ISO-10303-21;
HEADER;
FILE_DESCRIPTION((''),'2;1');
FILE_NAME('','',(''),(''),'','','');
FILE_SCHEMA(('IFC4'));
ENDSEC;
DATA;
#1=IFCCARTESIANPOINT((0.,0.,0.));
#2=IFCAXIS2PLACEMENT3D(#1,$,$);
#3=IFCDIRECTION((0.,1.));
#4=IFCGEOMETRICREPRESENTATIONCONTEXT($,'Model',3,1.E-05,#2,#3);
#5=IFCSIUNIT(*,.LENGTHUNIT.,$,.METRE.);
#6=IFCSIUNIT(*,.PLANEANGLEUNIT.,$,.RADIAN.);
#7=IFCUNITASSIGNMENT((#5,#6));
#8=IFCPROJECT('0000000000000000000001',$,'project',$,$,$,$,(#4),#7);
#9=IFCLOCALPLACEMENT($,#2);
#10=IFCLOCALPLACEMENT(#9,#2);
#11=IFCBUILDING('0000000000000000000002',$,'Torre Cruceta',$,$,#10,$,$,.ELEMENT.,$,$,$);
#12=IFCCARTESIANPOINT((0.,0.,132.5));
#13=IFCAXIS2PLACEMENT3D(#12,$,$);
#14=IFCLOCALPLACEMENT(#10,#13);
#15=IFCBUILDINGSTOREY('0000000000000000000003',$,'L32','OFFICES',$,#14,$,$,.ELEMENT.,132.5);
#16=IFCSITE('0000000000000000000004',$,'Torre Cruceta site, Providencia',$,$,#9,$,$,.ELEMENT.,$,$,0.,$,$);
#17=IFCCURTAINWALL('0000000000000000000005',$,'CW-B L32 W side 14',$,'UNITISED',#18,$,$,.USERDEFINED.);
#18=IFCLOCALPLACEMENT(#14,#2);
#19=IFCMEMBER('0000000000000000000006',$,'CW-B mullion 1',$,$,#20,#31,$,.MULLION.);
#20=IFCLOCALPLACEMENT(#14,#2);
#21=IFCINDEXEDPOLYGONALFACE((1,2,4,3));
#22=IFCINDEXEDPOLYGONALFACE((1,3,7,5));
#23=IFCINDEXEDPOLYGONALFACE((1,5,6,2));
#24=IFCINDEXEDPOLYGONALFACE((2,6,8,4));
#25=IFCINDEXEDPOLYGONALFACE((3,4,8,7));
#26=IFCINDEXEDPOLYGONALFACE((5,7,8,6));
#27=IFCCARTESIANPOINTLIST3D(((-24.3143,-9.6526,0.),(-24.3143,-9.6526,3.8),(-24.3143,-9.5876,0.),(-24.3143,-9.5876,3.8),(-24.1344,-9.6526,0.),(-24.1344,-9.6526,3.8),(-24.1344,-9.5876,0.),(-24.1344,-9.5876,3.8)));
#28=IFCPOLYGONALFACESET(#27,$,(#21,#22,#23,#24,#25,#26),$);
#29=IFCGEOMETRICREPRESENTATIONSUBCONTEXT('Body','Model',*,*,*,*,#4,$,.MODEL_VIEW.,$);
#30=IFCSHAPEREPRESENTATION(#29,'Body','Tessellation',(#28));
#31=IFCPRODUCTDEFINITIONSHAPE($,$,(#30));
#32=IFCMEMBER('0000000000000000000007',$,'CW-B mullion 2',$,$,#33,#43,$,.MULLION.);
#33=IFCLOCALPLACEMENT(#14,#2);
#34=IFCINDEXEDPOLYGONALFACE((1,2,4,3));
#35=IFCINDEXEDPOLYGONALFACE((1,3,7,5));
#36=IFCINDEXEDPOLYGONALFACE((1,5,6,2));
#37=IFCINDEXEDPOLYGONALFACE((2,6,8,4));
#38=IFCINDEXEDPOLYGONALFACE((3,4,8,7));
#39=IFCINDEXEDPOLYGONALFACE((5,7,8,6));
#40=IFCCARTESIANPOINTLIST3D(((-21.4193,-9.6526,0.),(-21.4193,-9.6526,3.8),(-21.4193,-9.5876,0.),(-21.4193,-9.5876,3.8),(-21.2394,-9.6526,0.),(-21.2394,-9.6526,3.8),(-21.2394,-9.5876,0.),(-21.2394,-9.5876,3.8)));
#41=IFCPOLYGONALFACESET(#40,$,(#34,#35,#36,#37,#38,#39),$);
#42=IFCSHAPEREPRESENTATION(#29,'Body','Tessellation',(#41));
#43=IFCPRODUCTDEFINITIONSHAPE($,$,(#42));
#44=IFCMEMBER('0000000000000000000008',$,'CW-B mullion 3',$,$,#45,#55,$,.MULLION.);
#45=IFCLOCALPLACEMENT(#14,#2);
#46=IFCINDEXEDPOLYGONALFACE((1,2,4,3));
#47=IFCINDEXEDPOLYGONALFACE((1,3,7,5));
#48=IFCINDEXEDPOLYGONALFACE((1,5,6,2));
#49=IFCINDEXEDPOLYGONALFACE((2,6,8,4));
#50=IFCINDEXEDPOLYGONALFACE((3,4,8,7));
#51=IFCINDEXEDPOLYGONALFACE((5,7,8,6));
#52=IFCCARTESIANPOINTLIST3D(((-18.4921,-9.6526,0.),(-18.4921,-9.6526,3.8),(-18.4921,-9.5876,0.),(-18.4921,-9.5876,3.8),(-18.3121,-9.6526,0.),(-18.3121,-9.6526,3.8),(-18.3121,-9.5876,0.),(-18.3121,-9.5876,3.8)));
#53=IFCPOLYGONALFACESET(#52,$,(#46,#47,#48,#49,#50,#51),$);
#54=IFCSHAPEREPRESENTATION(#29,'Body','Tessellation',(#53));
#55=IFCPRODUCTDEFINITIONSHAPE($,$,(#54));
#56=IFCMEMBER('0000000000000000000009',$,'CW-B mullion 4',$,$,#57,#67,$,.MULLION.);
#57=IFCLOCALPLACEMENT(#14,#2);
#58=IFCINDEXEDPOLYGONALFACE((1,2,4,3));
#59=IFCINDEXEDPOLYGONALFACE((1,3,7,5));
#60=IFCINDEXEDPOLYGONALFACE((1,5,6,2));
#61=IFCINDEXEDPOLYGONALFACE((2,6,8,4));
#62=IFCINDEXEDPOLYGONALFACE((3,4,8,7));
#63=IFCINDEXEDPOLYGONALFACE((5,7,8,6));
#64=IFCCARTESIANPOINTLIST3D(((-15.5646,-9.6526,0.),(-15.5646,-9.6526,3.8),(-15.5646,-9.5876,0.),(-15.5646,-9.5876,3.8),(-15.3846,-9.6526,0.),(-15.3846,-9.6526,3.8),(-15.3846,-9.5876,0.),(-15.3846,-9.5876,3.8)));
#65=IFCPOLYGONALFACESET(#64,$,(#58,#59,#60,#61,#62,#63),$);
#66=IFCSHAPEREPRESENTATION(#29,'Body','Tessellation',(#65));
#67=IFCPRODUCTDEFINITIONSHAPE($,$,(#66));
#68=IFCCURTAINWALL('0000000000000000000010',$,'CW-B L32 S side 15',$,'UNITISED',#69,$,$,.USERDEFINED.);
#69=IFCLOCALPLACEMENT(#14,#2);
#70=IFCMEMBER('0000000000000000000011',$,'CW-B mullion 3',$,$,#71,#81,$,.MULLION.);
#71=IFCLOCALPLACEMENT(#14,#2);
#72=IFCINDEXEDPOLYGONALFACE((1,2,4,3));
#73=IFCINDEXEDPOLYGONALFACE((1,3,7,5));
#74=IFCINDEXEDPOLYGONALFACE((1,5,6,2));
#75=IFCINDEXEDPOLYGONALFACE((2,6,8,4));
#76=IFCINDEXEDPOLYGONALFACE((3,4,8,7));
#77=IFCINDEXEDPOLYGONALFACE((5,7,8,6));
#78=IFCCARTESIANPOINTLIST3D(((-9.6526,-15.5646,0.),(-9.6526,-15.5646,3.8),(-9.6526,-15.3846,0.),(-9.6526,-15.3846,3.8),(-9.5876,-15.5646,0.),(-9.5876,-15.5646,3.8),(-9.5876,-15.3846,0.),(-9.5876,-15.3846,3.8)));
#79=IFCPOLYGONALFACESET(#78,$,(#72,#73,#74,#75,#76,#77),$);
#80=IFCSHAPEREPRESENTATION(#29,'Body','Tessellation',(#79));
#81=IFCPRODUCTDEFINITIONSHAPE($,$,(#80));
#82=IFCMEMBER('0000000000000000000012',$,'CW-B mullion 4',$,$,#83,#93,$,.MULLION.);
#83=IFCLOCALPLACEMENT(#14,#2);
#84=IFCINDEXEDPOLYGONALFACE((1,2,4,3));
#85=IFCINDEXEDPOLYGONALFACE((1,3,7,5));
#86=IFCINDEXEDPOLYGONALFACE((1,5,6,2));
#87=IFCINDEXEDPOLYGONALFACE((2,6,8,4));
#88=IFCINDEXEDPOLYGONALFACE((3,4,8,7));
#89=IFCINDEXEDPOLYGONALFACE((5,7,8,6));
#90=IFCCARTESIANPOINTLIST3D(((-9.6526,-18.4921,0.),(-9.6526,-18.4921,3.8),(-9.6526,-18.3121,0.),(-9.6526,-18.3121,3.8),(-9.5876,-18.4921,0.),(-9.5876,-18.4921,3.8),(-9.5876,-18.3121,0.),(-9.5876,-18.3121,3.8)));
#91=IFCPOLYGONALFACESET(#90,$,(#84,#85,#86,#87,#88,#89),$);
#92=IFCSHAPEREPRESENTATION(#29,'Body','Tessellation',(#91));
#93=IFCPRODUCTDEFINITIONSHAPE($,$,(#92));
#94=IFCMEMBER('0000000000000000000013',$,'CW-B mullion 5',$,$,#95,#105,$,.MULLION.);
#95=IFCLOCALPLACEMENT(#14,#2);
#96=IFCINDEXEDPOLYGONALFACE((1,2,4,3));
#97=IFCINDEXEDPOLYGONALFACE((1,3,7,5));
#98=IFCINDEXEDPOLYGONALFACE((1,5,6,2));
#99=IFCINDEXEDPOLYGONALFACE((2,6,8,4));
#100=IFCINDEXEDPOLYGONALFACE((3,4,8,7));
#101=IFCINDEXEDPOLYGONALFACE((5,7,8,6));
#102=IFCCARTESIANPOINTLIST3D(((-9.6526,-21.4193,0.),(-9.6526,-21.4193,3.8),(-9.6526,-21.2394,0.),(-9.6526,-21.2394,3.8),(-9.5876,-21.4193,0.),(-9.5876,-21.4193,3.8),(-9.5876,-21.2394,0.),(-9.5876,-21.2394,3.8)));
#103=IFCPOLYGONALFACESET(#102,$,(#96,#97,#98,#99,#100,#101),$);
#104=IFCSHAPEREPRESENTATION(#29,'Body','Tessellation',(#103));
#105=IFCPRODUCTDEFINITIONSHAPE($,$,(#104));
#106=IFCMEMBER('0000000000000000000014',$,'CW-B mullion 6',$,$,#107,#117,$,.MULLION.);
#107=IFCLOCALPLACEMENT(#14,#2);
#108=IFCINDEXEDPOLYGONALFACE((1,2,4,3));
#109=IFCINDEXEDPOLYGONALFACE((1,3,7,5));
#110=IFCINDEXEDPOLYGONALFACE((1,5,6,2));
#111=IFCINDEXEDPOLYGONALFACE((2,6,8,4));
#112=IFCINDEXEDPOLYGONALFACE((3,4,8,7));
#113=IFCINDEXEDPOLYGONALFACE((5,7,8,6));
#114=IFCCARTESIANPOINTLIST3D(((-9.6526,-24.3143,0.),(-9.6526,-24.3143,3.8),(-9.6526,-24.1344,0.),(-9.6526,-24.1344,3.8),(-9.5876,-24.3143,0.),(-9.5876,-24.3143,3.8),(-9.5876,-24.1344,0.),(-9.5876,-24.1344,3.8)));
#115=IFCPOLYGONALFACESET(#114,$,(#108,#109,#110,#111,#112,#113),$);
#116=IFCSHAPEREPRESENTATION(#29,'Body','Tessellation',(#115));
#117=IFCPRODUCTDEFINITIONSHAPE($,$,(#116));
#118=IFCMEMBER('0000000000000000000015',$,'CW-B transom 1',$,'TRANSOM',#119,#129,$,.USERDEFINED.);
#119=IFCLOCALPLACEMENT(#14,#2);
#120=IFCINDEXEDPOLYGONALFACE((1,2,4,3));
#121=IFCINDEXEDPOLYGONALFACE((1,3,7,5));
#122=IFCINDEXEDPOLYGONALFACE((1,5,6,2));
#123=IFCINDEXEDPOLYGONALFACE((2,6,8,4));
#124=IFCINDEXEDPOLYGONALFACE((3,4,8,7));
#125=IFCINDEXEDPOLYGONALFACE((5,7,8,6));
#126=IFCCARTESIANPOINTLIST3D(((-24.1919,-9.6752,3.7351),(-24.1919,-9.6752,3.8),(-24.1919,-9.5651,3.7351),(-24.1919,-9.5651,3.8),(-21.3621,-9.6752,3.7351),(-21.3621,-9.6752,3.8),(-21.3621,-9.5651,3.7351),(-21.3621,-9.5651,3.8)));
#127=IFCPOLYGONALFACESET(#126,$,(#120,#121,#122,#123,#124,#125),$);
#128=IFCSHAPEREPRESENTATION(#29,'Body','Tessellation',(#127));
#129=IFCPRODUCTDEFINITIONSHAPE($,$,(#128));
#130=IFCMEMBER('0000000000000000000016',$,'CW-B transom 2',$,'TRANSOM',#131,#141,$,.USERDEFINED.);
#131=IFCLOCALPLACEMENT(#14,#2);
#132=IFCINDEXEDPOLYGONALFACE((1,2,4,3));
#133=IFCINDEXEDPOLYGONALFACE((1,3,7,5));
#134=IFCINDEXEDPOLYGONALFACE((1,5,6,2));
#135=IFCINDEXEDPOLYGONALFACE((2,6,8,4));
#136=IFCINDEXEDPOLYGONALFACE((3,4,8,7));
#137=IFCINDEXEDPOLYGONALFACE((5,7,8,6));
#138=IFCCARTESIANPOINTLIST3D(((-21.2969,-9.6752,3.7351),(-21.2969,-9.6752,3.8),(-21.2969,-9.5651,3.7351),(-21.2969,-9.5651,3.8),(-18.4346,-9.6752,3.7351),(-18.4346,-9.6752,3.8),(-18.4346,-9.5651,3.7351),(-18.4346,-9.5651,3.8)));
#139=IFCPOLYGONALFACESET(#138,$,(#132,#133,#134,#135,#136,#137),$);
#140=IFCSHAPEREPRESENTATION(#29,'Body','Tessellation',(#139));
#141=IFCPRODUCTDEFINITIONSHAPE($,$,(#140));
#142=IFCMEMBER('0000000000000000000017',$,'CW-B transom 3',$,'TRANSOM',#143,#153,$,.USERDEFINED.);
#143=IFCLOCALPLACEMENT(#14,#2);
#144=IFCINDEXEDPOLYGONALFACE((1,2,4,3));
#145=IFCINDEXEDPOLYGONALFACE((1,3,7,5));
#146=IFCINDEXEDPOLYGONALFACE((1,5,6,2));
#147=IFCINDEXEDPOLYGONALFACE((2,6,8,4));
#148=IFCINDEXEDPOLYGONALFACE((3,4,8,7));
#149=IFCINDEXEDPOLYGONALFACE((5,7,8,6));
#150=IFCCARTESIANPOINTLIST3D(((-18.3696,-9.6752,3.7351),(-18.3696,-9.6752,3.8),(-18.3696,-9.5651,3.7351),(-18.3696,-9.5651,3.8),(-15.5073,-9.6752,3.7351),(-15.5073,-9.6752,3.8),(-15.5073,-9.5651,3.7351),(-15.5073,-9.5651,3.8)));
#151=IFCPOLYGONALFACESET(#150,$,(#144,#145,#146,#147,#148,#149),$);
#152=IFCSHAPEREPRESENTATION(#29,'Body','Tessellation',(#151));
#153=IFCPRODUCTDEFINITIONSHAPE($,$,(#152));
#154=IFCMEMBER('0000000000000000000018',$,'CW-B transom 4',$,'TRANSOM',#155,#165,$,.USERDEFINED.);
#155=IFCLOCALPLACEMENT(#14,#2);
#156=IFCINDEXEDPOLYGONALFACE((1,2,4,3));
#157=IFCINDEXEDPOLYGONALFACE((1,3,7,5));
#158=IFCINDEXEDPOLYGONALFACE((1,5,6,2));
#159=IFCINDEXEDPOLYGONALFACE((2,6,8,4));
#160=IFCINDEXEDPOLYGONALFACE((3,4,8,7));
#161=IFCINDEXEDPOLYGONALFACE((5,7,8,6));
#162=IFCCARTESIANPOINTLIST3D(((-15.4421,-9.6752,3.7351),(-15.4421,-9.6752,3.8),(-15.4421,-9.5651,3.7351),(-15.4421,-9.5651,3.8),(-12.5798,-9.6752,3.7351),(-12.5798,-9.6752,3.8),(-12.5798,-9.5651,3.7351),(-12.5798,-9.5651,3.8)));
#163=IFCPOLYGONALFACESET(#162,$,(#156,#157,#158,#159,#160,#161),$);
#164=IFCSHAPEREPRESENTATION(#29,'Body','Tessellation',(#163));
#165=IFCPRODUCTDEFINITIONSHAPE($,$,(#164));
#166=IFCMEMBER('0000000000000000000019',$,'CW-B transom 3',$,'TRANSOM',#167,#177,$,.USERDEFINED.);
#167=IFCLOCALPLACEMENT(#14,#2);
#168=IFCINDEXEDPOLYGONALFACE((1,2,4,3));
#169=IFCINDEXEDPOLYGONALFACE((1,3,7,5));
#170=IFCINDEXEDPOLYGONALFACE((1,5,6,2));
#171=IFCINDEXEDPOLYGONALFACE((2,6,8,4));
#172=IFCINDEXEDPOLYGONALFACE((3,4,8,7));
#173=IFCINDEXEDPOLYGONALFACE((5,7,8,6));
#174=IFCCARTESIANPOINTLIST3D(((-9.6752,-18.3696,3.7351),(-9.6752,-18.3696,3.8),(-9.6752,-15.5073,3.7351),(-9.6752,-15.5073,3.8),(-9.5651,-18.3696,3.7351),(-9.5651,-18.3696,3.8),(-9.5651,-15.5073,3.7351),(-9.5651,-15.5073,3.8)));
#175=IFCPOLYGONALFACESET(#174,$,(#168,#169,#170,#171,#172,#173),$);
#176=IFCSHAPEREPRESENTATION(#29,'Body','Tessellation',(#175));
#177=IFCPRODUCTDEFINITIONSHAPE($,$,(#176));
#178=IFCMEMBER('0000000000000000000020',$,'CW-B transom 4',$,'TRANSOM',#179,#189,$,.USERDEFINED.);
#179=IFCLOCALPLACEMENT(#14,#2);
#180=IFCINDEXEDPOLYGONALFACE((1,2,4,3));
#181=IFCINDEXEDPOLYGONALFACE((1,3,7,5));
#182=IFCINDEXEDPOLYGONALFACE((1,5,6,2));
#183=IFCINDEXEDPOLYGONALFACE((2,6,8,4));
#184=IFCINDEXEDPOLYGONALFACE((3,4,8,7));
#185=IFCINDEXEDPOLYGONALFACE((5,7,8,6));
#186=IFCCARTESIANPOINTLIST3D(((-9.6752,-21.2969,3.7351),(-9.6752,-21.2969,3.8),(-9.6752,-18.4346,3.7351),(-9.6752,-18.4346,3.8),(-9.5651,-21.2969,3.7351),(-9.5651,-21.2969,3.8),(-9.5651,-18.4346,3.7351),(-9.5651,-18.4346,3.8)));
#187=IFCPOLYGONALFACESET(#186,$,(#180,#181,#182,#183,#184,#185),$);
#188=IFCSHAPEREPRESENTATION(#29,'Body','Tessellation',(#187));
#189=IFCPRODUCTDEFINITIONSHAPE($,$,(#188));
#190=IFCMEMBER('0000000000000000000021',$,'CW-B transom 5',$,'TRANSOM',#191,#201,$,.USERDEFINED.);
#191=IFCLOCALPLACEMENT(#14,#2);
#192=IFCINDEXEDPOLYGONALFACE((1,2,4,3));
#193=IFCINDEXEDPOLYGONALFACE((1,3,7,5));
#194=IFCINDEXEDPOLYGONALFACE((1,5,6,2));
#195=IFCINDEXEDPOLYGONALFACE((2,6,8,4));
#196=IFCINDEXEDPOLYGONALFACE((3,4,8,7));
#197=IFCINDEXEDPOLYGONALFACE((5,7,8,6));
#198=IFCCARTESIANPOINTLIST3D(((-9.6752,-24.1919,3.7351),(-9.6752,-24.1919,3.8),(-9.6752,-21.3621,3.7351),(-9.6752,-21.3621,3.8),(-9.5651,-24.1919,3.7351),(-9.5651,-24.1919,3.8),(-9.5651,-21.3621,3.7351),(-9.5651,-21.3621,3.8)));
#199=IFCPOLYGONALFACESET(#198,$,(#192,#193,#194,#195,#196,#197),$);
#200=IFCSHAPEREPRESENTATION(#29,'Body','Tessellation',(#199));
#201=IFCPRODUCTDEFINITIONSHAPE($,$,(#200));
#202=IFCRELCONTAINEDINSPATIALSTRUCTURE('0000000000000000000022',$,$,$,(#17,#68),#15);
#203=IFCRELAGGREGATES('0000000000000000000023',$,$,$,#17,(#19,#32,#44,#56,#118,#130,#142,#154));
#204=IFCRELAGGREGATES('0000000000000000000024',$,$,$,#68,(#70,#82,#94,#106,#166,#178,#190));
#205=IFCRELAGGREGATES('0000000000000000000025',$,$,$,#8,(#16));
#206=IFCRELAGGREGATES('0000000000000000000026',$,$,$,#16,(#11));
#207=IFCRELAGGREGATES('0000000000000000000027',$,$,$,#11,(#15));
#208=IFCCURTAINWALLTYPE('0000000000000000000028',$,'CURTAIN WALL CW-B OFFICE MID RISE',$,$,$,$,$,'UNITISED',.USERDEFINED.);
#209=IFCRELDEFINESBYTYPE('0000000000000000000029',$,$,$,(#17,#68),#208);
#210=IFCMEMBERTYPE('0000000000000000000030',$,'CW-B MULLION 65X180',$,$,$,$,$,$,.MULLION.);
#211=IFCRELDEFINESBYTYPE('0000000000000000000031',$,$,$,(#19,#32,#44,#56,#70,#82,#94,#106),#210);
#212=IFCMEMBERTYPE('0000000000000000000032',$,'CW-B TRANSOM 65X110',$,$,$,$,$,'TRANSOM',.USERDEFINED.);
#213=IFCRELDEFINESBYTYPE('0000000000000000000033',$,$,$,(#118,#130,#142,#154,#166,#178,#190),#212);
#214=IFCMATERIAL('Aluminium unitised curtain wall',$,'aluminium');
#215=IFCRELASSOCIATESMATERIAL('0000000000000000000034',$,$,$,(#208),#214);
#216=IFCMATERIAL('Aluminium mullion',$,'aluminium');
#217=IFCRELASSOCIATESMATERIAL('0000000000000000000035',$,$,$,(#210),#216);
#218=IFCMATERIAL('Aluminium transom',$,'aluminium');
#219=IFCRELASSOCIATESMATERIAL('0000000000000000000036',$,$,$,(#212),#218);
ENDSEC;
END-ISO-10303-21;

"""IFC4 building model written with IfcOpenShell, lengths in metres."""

from ifc_helpers import new_model, si_unit, direction, frame, origin, origin_2d, place, context, subcontext, project, spatial, rectangle, extrude, material, material_profile, profile_set, type_object, element, aggregate, save


model = new_model("IFC4")

# Units and contexts
model_context = context("Model", 3, precision=1e-05, world=origin(), true_north=direction((0.0, 1.0)))
body_context = subcontext(model_context, "Body", "Model", "MODEL_VIEW")
ifc_project = project(units=[si_unit("LENGTHUNIT", "METRE"), si_unit("PLANEANGLEUNIT", "RADIAN")], contexts=[model_context])

# Site, building, storey
site_placement = place(None, origin())
site = spatial("IfcSite", under=ifc_project, at=site_placement, Name="Torre Cruceta site, Providencia", CompositionType="ELEMENT", RefElevation=0.0)
building_placement = place(site_placement, origin())
building = spatial("IfcBuilding", under=site, at=building_placement, Name="Torre Cruceta", CompositionType="ELEMENT")
storey_placement = place(building_placement, frame((0.0, 0.0, 132.5)))
storey = spatial("IfcBuildingStorey", under=building, at=storey_placement, Name="L32", Description="OFFICES", CompositionType="ELEMENT", Elevation=132.5)

# Curtain walls, members
ifc_material_1 = material(Name="Aluminium unitised curtain wall", Category="aluminium")
curtain_wall_type = type_object("IfcCurtainWallType", Name="CURTAIN WALL CW-B OFFICE MID RISE", ElementType="UNITISED", PredefinedType="USERDEFINED", material=ifc_material_1)
curtain_wall_1_placement = place(storey_placement, origin())
curtain_wall_1 = element("IfcCurtainWall", 1, at=curtain_wall_1_placement, inside=storey, type_object=curtain_wall_type, Name="CW-B L32 W side 14", ObjectType="UNITISED", PredefinedType="USERDEFINED")
ifc_material_2 = material(Name="Aluminium mullion", Category="aluminium")
ifc_material_profile_1 = material_profile(ifc_material_2, rectangle(XDim=0.0649, YDim=0.1799, at=origin_2d()), Name="AL 65X180")
ifc_profile_set_1 = profile_set([ifc_material_profile_1], Name="Aluminium mullion")
member_type_1 = type_object("IfcMemberType", Name="CW-B MULLION 65X180", PredefinedType="MULLION", material=ifc_profile_set_1)
member_1_placement = place(storey_placement, frame((-24.2244, -9.6201, 0.0), z_axis=(0.0, 0.0, 1.0), x_axis=(0.0, 1.0, 0.0)))
member_1 = element("IfcMember", 2, at=member_1_placement, type_object=member_type_1, Name="CW-B mullion 1", PredefinedType="MULLION", context=body_context, shape_type="SweptSolid", body=[
    extrude(rectangle(XDim=0.0649, YDim=0.1799, at=origin_2d()), origin(), (0.0, 0.0, 1.0), 3.8),
])
member_2_placement = place(storey_placement, frame((-21.3293, -9.6201, 0.0), z_axis=(0.0, 0.0, 1.0), x_axis=(0.0, 1.0, 0.0)))
member_2 = element("IfcMember", 3, at=member_2_placement, type_object=member_type_1, Name="CW-B mullion 2", PredefinedType="MULLION", context=body_context, shape_type="SweptSolid", body=[
    extrude(rectangle(XDim=0.0649, YDim=0.1799, at=origin_2d()), origin(), (0.0, 0.0, 1.0), 3.8),
])
member_3_placement = place(storey_placement, frame((-18.4021, -9.6201, 0.0), z_axis=(0.0, 0.0, 1.0), x_axis=(0.0, 1.0, 0.0)))
member_3 = element("IfcMember", 4, at=member_3_placement, type_object=member_type_1, Name="CW-B mullion 3", PredefinedType="MULLION", context=body_context, shape_type="SweptSolid", body=[
    extrude(rectangle(XDim=0.0649, YDim=0.1799, at=origin_2d()), origin(), (0.0, 0.0, 1.0), 3.8),
])
member_4_placement = place(storey_placement, frame((-15.4746, -9.6201, 0.0), z_axis=(0.0, 0.0, 1.0), x_axis=(0.0, 1.0, 0.0)))
member_4 = element("IfcMember", 5, at=member_4_placement, type_object=member_type_1, Name="CW-B mullion 4", PredefinedType="MULLION", context=body_context, shape_type="SweptSolid", body=[
    extrude(rectangle(XDim=0.0649, YDim=0.1799, at=origin_2d()), origin(), (0.0, 0.0, 1.0), 3.8),
])
curtain_wall_2_placement = place(storey_placement, origin())
curtain_wall_2 = element("IfcCurtainWall", 6, at=curtain_wall_2_placement, inside=storey, type_object=curtain_wall_type, Name="CW-B L32 S side 15", ObjectType="UNITISED", PredefinedType="USERDEFINED")
member_5_placement = place(storey_placement, frame((-9.6201, -15.4746, 0.0), z_axis=(0.0, 0.0, 1.0), x_axis=(1.0, 0.0, 0.0)))
member_5 = element("IfcMember", 7, at=member_5_placement, type_object=member_type_1, Name="CW-B mullion 3", PredefinedType="MULLION", context=body_context, shape_type="SweptSolid", body=[
    extrude(rectangle(XDim=0.0649, YDim=0.1799, at=origin_2d()), origin(), (0.0, 0.0, 1.0), 3.8),
])
member_6_placement = place(storey_placement, frame((-9.6201, -18.4021, 0.0), z_axis=(0.0, 0.0, 1.0), x_axis=(1.0, 0.0, 0.0)))
member_6 = element("IfcMember", 8, at=member_6_placement, type_object=member_type_1, Name="CW-B mullion 4", PredefinedType="MULLION", context=body_context, shape_type="SweptSolid", body=[
    extrude(rectangle(XDim=0.0649, YDim=0.1799, at=origin_2d()), origin(), (0.0, 0.0, 1.0), 3.8),
])
member_7_placement = place(storey_placement, frame((-9.6201, -21.3293, 0.0), z_axis=(0.0, 0.0, 1.0), x_axis=(1.0, 0.0, 0.0)))
member_7 = element("IfcMember", 9, at=member_7_placement, type_object=member_type_1, Name="CW-B mullion 5", PredefinedType="MULLION", context=body_context, shape_type="SweptSolid", body=[
    extrude(rectangle(XDim=0.0649, YDim=0.1799, at=origin_2d()), origin(), (0.0, 0.0, 1.0), 3.8),
])
member_8_placement = place(storey_placement, frame((-9.6201, -24.2244, 0.0), z_axis=(0.0, 0.0, 1.0), x_axis=(1.0, 0.0, 0.0)))
member_8 = element("IfcMember", 10, at=member_8_placement, type_object=member_type_1, Name="CW-B mullion 6", PredefinedType="MULLION", context=body_context, shape_type="SweptSolid", body=[
    extrude(rectangle(XDim=0.0649, YDim=0.1799, at=origin_2d()), origin(), (0.0, 0.0, 1.0), 3.8),
])

# Members
ifc_material_3 = material(Name="Aluminium transom", Category="aluminium")
ifc_material_profile_2 = material_profile(ifc_material_3, rectangle(XDim=0.1101, YDim=0.0649, at=origin_2d()), Name="AL 110X65")
ifc_profile_set_2 = profile_set([ifc_material_profile_2], Name="Aluminium transom")
member_type_2 = type_object("IfcMemberType", Name="CW-B TRANSOM 65X110", ElementType="TRANSOM", PredefinedType="USERDEFINED", material=ifc_profile_set_2)
member_9_placement = place(storey_placement, frame((-24.1919, -9.6201, 3.7676), z_axis=(1.0, 0.0, 0.0), x_axis=(0.0, 1.0, 0.0)))
member_9 = element("IfcMember", 11, at=member_9_placement, type_object=member_type_2, Name="CW-B transom 1", ObjectType="TRANSOM", PredefinedType="USERDEFINED", context=body_context, shape_type="SweptSolid", body=[
    extrude(rectangle(XDim=0.1101, YDim=0.0649, at=origin_2d()), origin(), (0.0, 0.0, 1.0), 2.8298),
])
member_10_placement = place(storey_placement, frame((-21.2969, -9.6201, 3.7676), z_axis=(1.0, 0.0, 0.0), x_axis=(0.0, 1.0, 0.0)))
member_10 = element("IfcMember", 12, at=member_10_placement, type_object=member_type_2, Name="CW-B transom 2", ObjectType="TRANSOM", PredefinedType="USERDEFINED", context=body_context, shape_type="SweptSolid", body=[
    extrude(rectangle(XDim=0.1101, YDim=0.0649, at=origin_2d()), origin(), (0.0, 0.0, 1.0), 2.8623),
])
member_11_placement = place(storey_placement, frame((-18.3696, -9.6201, 3.7676), z_axis=(1.0, 0.0, 0.0), x_axis=(0.0, 1.0, 0.0)))
member_11 = element("IfcMember", 13, at=member_11_placement, type_object=member_type_2, Name="CW-B transom 3", ObjectType="TRANSOM", PredefinedType="USERDEFINED", context=body_context, shape_type="SweptSolid", body=[
    extrude(rectangle(XDim=0.1101, YDim=0.0649, at=origin_2d()), origin(), (0.0, 0.0, 1.0), 2.8623),
])
member_12_placement = place(storey_placement, frame((-15.4421, -9.6201, 3.7676), z_axis=(1.0, 0.0, 0.0), x_axis=(0.0, 1.0, 0.0)))
member_12 = element("IfcMember", 14, at=member_12_placement, type_object=member_type_2, Name="CW-B transom 4", ObjectType="TRANSOM", PredefinedType="USERDEFINED", context=body_context, shape_type="SweptSolid", body=[
    extrude(rectangle(XDim=0.1101, YDim=0.0649, at=origin_2d()), origin(), (0.0, 0.0, 1.0), 2.8623),
])
member_13_placement = place(storey_placement, frame((-9.6201, -15.5073, 3.7676), z_axis=(0.0, -1.0, 0.0), x_axis=(1.0, 0.0, 0.0)))
member_13 = element("IfcMember", 15, at=member_13_placement, type_object=member_type_2, Name="CW-B transom 3", ObjectType="TRANSOM", PredefinedType="USERDEFINED", context=body_context, shape_type="SweptSolid", body=[
    extrude(rectangle(XDim=0.1101, YDim=0.0649, at=origin_2d()), origin(), (0.0, 0.0, 1.0), 2.8623),
])
member_14_placement = place(storey_placement, frame((-9.6201, -18.4346, 3.7676), z_axis=(0.0, -1.0, 0.0), x_axis=(1.0, 0.0, 0.0)))
member_14 = element("IfcMember", 16, at=member_14_placement, type_object=member_type_2, Name="CW-B transom 4", ObjectType="TRANSOM", PredefinedType="USERDEFINED", context=body_context, shape_type="SweptSolid", body=[
    extrude(rectangle(XDim=0.1101, YDim=0.0649, at=origin_2d()), origin(), (0.0, 0.0, 1.0), 2.8623),
])
member_15_placement = place(storey_placement, frame((-9.6201, -21.3621, 3.7676), z_axis=(0.0, -1.0, 0.0), x_axis=(1.0, 0.0, 0.0)))
member_15 = element("IfcMember", 17, at=member_15_placement, type_object=member_type_2, Name="CW-B transom 5", ObjectType="TRANSOM", PredefinedType="USERDEFINED", context=body_context, shape_type="SweptSolid", body=[
    extrude(rectangle(XDim=0.1101, YDim=0.0649, at=origin_2d()), origin(), (0.0, 0.0, 1.0), 2.8298),
])

aggregate(curtain_wall_1, [member_1, member_2, member_3, member_4, member_9, member_10, member_11, member_12])
aggregate(curtain_wall_2, [member_5, member_6, member_7, member_8, member_13, member_14, member_15])

save(model, "model.ifc")
